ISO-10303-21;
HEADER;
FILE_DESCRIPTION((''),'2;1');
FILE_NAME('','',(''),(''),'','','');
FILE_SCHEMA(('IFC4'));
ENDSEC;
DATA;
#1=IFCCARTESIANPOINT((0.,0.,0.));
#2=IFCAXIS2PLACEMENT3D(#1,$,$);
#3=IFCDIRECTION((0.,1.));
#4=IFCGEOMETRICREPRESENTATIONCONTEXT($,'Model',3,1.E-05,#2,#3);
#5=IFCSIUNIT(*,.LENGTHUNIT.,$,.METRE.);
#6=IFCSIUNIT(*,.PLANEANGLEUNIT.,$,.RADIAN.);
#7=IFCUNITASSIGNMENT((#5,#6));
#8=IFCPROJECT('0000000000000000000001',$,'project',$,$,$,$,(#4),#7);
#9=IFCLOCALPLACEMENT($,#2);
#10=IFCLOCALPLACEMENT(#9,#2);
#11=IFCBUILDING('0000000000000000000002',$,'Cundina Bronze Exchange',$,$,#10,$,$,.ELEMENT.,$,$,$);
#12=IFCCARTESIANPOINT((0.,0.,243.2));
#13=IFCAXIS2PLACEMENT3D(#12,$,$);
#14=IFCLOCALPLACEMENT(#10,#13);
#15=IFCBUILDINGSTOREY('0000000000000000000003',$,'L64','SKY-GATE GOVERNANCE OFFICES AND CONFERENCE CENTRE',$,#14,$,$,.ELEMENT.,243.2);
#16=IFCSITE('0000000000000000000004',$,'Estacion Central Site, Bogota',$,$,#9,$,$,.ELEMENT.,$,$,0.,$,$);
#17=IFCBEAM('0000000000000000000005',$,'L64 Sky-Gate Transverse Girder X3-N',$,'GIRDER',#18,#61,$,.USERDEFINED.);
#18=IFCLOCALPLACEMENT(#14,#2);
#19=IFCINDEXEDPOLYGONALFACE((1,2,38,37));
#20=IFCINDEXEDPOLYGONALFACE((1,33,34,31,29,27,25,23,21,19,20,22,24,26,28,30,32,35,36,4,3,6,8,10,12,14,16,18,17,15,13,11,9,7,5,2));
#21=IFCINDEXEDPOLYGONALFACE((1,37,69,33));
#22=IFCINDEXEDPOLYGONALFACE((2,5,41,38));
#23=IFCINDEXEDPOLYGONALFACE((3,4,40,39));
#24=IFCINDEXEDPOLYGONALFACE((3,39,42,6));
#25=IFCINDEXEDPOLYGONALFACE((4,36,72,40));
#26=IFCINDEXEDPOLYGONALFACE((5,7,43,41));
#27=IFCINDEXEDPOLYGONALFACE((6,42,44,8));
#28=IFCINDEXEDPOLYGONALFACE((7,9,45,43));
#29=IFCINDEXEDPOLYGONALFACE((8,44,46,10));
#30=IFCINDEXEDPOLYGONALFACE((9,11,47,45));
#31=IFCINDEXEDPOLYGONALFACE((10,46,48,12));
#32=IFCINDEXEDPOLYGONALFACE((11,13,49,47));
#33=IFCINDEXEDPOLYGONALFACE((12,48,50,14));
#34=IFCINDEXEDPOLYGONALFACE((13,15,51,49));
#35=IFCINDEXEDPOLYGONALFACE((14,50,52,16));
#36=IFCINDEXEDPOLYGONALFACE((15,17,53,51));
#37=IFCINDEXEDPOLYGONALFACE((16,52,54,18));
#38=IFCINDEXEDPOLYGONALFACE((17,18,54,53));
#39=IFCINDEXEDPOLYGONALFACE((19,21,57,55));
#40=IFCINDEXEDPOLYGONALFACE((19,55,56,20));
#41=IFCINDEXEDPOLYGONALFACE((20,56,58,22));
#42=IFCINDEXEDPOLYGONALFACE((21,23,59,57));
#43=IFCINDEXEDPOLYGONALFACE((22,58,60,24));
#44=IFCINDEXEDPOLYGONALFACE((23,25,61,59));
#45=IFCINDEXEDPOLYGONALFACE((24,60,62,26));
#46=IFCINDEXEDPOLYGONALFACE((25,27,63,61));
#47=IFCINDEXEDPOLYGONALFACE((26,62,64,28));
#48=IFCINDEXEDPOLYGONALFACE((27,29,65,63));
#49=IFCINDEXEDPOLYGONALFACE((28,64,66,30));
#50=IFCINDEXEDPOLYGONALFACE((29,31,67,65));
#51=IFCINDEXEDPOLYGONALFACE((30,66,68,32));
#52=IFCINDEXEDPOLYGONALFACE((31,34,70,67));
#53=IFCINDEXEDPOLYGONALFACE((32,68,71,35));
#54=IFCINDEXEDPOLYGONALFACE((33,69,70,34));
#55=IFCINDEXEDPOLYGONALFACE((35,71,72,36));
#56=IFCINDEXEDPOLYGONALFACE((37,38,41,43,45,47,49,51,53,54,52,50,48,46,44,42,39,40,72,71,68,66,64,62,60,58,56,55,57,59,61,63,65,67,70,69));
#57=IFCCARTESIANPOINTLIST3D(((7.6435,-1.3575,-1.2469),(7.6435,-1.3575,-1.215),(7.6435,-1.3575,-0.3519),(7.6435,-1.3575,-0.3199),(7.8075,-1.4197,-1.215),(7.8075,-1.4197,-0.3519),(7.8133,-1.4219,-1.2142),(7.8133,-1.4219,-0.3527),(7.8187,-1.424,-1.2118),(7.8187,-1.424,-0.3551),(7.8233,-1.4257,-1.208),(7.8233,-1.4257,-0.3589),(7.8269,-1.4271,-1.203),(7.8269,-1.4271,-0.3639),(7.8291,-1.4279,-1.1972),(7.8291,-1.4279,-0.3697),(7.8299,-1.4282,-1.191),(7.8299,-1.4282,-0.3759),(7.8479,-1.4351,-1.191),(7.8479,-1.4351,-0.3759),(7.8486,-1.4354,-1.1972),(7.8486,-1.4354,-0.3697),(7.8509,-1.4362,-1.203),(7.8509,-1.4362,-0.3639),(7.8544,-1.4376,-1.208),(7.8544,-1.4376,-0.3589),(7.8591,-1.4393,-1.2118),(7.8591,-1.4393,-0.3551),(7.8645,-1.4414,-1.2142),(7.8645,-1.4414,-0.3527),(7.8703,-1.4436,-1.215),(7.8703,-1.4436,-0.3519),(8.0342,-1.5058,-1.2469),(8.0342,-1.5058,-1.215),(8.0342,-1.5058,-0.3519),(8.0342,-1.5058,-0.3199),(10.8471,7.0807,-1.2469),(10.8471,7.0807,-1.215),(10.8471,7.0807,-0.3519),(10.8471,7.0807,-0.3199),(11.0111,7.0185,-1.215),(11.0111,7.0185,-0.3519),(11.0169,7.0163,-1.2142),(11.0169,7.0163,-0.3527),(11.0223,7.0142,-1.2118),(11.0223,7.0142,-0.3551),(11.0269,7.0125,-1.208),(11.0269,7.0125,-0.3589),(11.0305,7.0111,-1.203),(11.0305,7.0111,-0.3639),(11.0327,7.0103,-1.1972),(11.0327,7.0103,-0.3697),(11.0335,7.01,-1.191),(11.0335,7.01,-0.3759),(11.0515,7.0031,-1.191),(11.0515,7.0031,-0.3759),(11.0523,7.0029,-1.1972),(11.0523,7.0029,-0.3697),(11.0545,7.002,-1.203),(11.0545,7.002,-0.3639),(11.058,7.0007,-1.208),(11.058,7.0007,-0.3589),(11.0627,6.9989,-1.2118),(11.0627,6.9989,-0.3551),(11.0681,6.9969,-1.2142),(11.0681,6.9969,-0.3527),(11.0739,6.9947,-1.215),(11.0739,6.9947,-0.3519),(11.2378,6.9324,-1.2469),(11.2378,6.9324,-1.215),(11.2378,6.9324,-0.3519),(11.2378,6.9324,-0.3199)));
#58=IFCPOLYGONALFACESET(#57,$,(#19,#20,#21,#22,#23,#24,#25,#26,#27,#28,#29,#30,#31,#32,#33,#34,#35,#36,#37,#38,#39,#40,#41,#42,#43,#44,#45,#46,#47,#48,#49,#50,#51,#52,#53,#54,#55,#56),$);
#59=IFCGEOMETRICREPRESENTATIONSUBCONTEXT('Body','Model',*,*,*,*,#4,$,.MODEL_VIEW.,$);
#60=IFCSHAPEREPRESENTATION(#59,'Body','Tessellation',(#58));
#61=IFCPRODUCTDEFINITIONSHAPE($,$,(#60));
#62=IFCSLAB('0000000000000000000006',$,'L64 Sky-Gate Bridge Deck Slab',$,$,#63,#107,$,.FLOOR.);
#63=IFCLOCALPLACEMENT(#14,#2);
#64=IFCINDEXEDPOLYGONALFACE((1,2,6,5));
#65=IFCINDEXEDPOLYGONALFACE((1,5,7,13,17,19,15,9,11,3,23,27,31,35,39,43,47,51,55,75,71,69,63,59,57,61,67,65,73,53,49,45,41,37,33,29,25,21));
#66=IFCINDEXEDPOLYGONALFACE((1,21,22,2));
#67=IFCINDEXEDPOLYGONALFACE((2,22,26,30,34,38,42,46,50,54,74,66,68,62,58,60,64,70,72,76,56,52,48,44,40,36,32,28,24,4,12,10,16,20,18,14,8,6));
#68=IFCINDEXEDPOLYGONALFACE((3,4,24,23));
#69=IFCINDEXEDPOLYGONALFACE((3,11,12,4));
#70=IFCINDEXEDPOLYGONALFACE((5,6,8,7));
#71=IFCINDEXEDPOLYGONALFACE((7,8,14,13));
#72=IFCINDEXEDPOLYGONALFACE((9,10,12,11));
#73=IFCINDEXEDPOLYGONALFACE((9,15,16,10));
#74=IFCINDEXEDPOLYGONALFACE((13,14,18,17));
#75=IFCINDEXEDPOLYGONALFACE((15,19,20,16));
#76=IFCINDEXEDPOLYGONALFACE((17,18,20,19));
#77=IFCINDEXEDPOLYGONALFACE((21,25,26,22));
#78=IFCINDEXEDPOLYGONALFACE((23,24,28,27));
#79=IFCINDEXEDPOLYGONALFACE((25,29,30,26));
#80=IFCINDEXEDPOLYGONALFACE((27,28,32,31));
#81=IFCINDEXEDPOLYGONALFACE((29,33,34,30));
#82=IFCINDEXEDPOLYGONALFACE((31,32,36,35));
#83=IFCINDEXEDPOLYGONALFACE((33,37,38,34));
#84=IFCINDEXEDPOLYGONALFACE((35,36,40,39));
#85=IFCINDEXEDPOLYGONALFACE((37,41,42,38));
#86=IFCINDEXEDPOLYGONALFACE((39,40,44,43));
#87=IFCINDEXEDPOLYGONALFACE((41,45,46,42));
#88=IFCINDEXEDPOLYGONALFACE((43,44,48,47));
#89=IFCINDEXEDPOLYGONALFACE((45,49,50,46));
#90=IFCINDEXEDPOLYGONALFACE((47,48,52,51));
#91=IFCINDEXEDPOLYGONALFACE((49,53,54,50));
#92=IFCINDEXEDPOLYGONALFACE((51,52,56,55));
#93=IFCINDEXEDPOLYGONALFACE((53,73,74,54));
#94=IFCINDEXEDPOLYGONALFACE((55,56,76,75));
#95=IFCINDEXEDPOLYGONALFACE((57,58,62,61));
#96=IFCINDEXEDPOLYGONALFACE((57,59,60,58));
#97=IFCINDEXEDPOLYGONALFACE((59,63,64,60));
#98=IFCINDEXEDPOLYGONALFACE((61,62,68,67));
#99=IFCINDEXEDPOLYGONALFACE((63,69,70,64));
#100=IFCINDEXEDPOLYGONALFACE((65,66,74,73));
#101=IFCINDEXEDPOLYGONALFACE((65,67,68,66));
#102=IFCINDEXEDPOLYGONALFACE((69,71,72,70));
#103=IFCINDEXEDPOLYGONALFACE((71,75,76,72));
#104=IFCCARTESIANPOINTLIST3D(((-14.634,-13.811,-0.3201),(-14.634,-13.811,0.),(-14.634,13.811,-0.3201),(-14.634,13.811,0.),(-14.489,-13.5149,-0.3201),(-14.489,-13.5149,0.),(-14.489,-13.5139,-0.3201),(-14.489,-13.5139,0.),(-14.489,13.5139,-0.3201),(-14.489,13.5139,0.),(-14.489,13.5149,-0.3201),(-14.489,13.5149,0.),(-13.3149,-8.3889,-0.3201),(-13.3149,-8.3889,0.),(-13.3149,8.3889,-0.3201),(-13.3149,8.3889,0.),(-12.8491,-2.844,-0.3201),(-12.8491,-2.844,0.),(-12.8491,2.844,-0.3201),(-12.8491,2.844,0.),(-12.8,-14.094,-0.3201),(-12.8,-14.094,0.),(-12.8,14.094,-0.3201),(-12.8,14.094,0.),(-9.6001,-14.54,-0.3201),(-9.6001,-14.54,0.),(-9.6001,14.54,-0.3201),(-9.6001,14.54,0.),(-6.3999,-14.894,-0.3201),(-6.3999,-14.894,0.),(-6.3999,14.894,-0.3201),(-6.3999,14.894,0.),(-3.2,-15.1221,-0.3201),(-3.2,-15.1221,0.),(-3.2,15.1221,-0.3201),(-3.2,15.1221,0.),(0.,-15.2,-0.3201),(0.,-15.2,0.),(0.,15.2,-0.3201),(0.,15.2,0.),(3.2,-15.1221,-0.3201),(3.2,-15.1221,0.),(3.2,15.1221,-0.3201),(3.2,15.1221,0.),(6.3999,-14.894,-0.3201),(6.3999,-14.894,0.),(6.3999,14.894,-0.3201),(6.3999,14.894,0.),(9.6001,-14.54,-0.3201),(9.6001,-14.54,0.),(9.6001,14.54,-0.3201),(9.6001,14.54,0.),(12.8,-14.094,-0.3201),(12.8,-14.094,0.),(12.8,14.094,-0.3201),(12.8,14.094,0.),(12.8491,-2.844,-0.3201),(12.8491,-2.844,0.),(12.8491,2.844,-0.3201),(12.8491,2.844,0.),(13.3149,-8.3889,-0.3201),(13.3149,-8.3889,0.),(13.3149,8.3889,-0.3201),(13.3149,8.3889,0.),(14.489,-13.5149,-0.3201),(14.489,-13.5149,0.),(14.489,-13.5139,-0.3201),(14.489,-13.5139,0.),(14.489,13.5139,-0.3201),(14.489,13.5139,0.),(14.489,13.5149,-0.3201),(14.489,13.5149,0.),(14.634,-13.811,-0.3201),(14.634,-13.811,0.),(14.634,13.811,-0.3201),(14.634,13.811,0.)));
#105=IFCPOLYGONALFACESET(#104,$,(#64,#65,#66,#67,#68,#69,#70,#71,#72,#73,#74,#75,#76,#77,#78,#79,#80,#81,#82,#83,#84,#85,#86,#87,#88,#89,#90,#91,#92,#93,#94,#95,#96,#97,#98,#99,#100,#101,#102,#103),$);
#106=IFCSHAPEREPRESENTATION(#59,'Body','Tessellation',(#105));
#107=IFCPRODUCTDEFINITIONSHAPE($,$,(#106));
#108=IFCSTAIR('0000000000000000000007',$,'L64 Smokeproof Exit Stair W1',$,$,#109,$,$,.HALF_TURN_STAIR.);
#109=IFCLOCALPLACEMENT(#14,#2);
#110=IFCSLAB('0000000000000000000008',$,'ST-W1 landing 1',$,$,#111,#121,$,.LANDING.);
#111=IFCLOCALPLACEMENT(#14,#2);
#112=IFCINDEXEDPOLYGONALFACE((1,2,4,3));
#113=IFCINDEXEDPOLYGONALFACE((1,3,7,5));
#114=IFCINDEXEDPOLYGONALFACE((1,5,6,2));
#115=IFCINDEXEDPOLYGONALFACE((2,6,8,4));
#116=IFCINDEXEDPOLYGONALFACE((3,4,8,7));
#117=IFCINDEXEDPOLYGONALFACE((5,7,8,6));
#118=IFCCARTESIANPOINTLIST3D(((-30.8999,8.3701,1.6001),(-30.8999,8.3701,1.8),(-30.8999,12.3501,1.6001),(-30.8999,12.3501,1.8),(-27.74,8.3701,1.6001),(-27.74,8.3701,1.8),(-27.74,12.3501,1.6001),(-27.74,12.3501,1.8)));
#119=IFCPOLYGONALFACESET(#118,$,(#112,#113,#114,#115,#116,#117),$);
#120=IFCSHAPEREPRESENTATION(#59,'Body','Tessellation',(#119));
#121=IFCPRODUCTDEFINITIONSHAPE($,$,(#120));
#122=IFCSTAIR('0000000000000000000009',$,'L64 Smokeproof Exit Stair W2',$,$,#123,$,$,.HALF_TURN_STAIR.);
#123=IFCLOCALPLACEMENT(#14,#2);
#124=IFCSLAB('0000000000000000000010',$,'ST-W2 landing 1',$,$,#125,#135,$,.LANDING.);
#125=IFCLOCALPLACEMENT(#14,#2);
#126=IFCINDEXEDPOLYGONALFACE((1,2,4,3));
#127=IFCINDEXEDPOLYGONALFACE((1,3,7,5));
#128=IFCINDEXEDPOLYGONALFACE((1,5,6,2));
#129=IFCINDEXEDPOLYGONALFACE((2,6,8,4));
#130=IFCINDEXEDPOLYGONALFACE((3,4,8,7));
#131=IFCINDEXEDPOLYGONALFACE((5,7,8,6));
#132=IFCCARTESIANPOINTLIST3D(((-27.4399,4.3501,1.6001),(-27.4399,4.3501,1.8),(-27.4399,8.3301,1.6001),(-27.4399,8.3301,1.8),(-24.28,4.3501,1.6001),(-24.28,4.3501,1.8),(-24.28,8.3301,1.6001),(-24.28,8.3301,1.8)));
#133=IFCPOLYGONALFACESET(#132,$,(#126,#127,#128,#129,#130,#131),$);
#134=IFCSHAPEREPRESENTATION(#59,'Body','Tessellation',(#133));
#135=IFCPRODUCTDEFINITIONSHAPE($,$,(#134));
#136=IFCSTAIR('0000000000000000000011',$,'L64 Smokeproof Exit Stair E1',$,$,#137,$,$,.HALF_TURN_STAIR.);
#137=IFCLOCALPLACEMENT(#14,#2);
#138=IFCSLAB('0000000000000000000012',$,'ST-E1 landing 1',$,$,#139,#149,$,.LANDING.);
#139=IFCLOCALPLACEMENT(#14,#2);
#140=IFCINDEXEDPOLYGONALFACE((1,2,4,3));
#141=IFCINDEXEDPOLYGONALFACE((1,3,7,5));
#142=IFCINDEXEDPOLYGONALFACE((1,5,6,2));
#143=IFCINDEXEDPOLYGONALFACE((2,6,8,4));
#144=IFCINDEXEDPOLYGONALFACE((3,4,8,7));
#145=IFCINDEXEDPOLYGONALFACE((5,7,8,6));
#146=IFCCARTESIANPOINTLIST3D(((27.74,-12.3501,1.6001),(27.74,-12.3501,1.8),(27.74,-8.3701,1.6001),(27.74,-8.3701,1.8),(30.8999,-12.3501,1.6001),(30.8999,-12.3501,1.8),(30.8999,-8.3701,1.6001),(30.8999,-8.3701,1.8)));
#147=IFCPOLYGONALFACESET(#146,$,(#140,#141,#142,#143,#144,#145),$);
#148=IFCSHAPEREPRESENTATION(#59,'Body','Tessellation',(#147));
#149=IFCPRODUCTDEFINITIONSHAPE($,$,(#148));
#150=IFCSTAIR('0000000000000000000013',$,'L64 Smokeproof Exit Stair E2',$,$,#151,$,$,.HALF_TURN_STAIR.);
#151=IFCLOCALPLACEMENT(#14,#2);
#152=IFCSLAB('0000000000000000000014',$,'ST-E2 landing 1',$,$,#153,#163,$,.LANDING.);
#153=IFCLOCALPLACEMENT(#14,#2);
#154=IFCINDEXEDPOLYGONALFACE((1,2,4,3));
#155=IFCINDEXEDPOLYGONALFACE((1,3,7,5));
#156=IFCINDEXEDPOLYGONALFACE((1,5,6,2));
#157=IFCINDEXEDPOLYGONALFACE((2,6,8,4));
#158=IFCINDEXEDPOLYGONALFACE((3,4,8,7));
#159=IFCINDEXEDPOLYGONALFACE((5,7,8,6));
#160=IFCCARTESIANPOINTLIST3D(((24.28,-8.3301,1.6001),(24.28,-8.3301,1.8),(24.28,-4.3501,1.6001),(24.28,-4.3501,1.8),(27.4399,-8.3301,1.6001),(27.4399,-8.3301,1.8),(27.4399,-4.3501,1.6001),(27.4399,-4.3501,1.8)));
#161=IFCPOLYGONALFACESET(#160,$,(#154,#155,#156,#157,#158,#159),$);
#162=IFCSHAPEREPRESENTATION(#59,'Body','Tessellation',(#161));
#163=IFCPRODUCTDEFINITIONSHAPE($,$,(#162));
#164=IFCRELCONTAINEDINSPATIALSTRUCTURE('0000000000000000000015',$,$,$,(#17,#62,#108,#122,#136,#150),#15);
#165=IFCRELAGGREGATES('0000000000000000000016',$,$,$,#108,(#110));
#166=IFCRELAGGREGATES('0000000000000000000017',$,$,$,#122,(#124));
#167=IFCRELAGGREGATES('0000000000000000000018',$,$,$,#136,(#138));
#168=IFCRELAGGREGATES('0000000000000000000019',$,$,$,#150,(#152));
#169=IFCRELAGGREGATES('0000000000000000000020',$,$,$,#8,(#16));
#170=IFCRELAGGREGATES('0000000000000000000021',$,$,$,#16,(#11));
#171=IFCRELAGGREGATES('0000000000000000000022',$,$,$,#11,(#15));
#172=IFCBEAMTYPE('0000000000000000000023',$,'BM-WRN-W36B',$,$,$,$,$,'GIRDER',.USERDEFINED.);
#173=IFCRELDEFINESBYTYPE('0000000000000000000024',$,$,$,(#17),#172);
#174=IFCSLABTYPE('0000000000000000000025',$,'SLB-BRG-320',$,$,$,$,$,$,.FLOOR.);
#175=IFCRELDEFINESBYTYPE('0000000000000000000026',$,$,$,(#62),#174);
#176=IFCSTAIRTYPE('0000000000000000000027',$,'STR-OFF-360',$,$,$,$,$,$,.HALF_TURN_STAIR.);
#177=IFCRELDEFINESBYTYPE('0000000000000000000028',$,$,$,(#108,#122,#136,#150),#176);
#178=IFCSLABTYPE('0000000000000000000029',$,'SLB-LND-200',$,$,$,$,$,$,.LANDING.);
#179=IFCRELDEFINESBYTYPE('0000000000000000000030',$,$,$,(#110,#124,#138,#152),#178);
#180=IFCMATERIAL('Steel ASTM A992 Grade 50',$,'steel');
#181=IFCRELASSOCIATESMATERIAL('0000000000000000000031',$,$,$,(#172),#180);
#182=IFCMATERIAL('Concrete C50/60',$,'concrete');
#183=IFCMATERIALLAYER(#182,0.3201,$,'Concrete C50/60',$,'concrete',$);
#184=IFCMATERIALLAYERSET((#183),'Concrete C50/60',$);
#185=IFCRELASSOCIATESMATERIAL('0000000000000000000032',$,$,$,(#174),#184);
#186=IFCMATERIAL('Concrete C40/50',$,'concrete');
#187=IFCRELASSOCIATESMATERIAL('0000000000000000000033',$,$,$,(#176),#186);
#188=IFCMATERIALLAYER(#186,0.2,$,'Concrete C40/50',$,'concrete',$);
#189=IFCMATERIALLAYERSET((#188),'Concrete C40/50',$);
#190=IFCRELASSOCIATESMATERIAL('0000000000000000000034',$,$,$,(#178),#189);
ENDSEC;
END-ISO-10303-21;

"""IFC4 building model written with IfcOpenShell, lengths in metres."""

from ifc_helpers import new_model, si_unit, direction, frame, origin, origin_2d, place, context, subcontext, project, spatial, polyline, i_section, outline, extrude, material, layer, layer_set, material_profile, profile_set, type_object, element, aggregate, save


model = new_model("IFC4")

# Units and contexts
model_context = context("Model", 3, precision=1e-05, world=origin(), true_north=direction((0.0, 1.0)))
body_context = subcontext(model_context, "Body", "Model", "MODEL_VIEW")
ifc_project = project(units=[si_unit("LENGTHUNIT", "METRE"), si_unit("PLANEANGLEUNIT", "RADIAN")], contexts=[model_context])

# Site, building, storey
site_placement = place(None, origin())
site = spatial("IfcSite", under=ifc_project, at=site_placement, Name="Estacion Central Site, Bogota", CompositionType="ELEMENT", RefElevation=0.0)
building_placement = place(site_placement, origin())
building = spatial("IfcBuilding", under=site, at=building_placement, Name="Cundina Bronze Exchange", CompositionType="ELEMENT")
storey_placement = place(building_placement, frame((0.0, 0.0, 243.2)))
storey = spatial("IfcBuildingStorey", under=building, at=storey_placement, Name="L64", Description="SKY-GATE GOVERNANCE OFFICES AND CONFERENCE CENTRE", CompositionType="ELEMENT", Elevation=243.2)

# Shared definitions
ifc_material_1 = material(Name="Concrete C50/60", Category="concrete")

# Beam
ifc_material_2 = material(Name="Steel ASTM A992 Grade 50", Category="steel")
ifc_material_profile_1 = material_profile(ifc_material_2, i_section(OverallWidth=0.418, OverallDepth=0.927, WebThickness=0.0193, FlangeThickness=0.032, FilletRadius=0.0239, at=origin_2d()), Name="W36X231", Category="steel")
ifc_profile_set_1 = profile_set([ifc_material_profile_1], Name="Steel ASTM A992 Grade 50")
beam_type_1 = type_object("IfcBeamType", Name="BM-WRN-W36B", ElementType="GIRDER", PredefinedType="USERDEFINED", material=ifc_profile_set_1)
beam_1_placement = place(storey_placement, frame((7.8389, -1.4316, -0.7834), z_axis=(0.354936, 0.934891, 0.0), x_axis=(-0.934891, 0.354936, 0.0)))
element("IfcBeam", 1, at=beam_1_placement, inside=storey, type_object=beam_type_1, Name="L64 Sky-Gate Transverse Girder X3-N", ObjectType="GIRDER", PredefinedType="USERDEFINED", context=body_context, shape_type="SweptSolid", body=[
    extrude(i_section(OverallWidth=0.418, OverallDepth=0.927, WebThickness=0.0193, FlangeThickness=0.032, FilletRadius=0.0239, at=origin_2d()), origin(), (0.0, 0.0, 1.0), 9.0259),
])

# Slab
ifc_layer_1 = layer(ifc_material_1, 0.3201, Name="Concrete C50/60", Category="concrete")
ifc_layer_set_1 = layer_set([ifc_layer_1], Name="Concrete C50/60")
slab_type_1 = type_object("IfcSlabType", Name="SLB-BRG-320", PredefinedType="FLOOR", material=ifc_layer_set_1)
slab_1_placement = place(storey_placement, frame((0.0, 0.0, -0.3201)))
element("IfcSlab", 2, at=slab_1_placement, inside=storey, type_object=slab_type_1, Name="L64 Sky-Gate Bridge Deck Slab", PredefinedType="FLOOR", context=body_context, shape_type="SweptSolid", body=[
    extrude(outline(polyline([(12.8, -14.094), (9.6001, -14.54), (6.3999, -14.894), (3.2, -15.1221), (0.0, -15.2), (-3.2, -15.1221), (-6.3999, -14.894), (-9.6001, -14.54), (-12.8, -14.094), (-14.634, -13.811), (-14.489, -13.5149), (-14.489, -13.5149), (-14.489, -13.5139), (-13.3149, -8.3889), (-13.3149, -8.3889), (-12.8491, -2.844), (-12.8491, -2.844), (-12.8491, 2.844), (-12.8491, 2.844), (-13.3149, 8.3889), (-13.3149, 8.3889), (-14.489, 13.5139), (-14.489, 13.5149), (-14.489, 13.5149), (-14.634, 13.811), (-12.8, 14.094), (-9.6001, 14.54), (-6.3999, 14.894), (-3.2, 15.1221), (0.0, 15.2), (3.2, 15.1221), (6.3999, 14.894), (9.6001, 14.54), (12.8, 14.094), (14.634, 13.811), (14.489, 13.5149), (14.489, 13.5149), (14.489, 13.5139), (13.3149, 8.3889), (13.3149, 8.3889), (12.8491, 2.844), (12.8491, 2.844), (12.8491, -2.844), (12.8491, -2.844), (13.3149, -8.3889), (13.3149, -8.3889), (14.489, -13.5139), (14.489, -13.5149), (14.489, -13.5149), (14.634, -13.811), (12.8, -14.094)])), origin(), (0.0, 0.0, 1.0), 0.3201),
])

# Stairs, slabs
ifc_material_3 = material(Name="Concrete C40/50", Category="concrete")
stair_type = type_object("IfcStairType", Name="STR-OFF-360", PredefinedType="HALF_TURN_STAIR", material=ifc_material_3)
stair_1_placement = place(storey_placement, origin())
stair_1 = element("IfcStair", 3, at=stair_1_placement, inside=storey, type_object=stair_type, Name="L64 Smokeproof Exit Stair W1", PredefinedType="HALF_TURN_STAIR")
ifc_layer_2 = layer(ifc_material_3, 0.2, Name="Concrete C40/50", Category="concrete")
ifc_layer_set_2 = layer_set([ifc_layer_2], Name="Concrete C40/50")
slab_type_2 = type_object("IfcSlabType", Name="SLB-LND-200", PredefinedType="LANDING", material=ifc_layer_set_2)
slab_2_placement = place(storey_placement, frame((0.0, 0.0, 1.6001)))
slab_2 = element("IfcSlab", 4, at=slab_2_placement, type_object=slab_type_2, Name="ST-W1 landing 1", PredefinedType="LANDING", context=body_context, shape_type="SweptSolid", body=[
    extrude(outline(polyline([(-27.74, 8.3701), (-27.74, 12.3501), (-30.8999, 12.3501), (-30.8999, 8.3701), (-27.74, 8.3701)])), origin(), (0.0, 0.0, 1.0), 0.2),
])
aggregate(stair_1, [slab_2])
stair_2_placement = place(storey_placement, origin())
stair_2 = element("IfcStair", 5, at=stair_2_placement, inside=storey, type_object=stair_type, Name="L64 Smokeproof Exit Stair W2", PredefinedType="HALF_TURN_STAIR")
slab_3_placement = place(storey_placement, frame((0.0, 0.0, 1.6001)))
slab_3 = element("IfcSlab", 6, at=slab_3_placement, type_object=slab_type_2, Name="ST-W2 landing 1", PredefinedType="LANDING", context=body_context, shape_type="SweptSolid", body=[
    extrude(outline(polyline([(-27.4399, 8.3301), (-27.4399, 4.3501), (-24.28, 4.3501), (-24.28, 8.3301), (-27.4399, 8.3301)])), origin(), (0.0, 0.0, 1.0), 0.2),
])
aggregate(stair_2, [slab_3])
stair_3_placement = place(storey_placement, origin())
stair_3 = element("IfcStair", 7, at=stair_3_placement, inside=storey, type_object=stair_type, Name="L64 Smokeproof Exit Stair E1", PredefinedType="HALF_TURN_STAIR")
slab_4_placement = place(storey_placement, frame((0.0, 0.0, 1.6001)))
slab_4 = element("IfcSlab", 8, at=slab_4_placement, type_object=slab_type_2, Name="ST-E1 landing 1", PredefinedType="LANDING", context=body_context, shape_type="SweptSolid", body=[
    extrude(outline(polyline([(27.74, -8.3701), (27.74, -12.3501), (30.8999, -12.3501), (30.8999, -8.3701), (27.74, -8.3701)])), origin(), (0.0, 0.0, 1.0), 0.2),
])
aggregate(stair_3, [slab_4])
stair_4_placement = place(storey_placement, origin())
stair_4 = element("IfcStair", 9, at=stair_4_placement, inside=storey, type_object=stair_type, Name="L64 Smokeproof Exit Stair E2", PredefinedType="HALF_TURN_STAIR")
slab_5_placement = place(storey_placement, frame((0.0, 0.0, 1.6001)))
slab_5 = element("IfcSlab", 10, at=slab_5_placement, type_object=slab_type_2, Name="ST-E2 landing 1", PredefinedType="LANDING", context=body_context, shape_type="SweptSolid", body=[
    extrude(outline(polyline([(27.4399, -8.3301), (27.4399, -4.3501), (24.28, -4.3501), (24.28, -8.3301), (27.4399, -8.3301)])), origin(), (0.0, 0.0, 1.0), 0.2),
])
aggregate(stair_4, [slab_5])

save(model, "model.ifc")
